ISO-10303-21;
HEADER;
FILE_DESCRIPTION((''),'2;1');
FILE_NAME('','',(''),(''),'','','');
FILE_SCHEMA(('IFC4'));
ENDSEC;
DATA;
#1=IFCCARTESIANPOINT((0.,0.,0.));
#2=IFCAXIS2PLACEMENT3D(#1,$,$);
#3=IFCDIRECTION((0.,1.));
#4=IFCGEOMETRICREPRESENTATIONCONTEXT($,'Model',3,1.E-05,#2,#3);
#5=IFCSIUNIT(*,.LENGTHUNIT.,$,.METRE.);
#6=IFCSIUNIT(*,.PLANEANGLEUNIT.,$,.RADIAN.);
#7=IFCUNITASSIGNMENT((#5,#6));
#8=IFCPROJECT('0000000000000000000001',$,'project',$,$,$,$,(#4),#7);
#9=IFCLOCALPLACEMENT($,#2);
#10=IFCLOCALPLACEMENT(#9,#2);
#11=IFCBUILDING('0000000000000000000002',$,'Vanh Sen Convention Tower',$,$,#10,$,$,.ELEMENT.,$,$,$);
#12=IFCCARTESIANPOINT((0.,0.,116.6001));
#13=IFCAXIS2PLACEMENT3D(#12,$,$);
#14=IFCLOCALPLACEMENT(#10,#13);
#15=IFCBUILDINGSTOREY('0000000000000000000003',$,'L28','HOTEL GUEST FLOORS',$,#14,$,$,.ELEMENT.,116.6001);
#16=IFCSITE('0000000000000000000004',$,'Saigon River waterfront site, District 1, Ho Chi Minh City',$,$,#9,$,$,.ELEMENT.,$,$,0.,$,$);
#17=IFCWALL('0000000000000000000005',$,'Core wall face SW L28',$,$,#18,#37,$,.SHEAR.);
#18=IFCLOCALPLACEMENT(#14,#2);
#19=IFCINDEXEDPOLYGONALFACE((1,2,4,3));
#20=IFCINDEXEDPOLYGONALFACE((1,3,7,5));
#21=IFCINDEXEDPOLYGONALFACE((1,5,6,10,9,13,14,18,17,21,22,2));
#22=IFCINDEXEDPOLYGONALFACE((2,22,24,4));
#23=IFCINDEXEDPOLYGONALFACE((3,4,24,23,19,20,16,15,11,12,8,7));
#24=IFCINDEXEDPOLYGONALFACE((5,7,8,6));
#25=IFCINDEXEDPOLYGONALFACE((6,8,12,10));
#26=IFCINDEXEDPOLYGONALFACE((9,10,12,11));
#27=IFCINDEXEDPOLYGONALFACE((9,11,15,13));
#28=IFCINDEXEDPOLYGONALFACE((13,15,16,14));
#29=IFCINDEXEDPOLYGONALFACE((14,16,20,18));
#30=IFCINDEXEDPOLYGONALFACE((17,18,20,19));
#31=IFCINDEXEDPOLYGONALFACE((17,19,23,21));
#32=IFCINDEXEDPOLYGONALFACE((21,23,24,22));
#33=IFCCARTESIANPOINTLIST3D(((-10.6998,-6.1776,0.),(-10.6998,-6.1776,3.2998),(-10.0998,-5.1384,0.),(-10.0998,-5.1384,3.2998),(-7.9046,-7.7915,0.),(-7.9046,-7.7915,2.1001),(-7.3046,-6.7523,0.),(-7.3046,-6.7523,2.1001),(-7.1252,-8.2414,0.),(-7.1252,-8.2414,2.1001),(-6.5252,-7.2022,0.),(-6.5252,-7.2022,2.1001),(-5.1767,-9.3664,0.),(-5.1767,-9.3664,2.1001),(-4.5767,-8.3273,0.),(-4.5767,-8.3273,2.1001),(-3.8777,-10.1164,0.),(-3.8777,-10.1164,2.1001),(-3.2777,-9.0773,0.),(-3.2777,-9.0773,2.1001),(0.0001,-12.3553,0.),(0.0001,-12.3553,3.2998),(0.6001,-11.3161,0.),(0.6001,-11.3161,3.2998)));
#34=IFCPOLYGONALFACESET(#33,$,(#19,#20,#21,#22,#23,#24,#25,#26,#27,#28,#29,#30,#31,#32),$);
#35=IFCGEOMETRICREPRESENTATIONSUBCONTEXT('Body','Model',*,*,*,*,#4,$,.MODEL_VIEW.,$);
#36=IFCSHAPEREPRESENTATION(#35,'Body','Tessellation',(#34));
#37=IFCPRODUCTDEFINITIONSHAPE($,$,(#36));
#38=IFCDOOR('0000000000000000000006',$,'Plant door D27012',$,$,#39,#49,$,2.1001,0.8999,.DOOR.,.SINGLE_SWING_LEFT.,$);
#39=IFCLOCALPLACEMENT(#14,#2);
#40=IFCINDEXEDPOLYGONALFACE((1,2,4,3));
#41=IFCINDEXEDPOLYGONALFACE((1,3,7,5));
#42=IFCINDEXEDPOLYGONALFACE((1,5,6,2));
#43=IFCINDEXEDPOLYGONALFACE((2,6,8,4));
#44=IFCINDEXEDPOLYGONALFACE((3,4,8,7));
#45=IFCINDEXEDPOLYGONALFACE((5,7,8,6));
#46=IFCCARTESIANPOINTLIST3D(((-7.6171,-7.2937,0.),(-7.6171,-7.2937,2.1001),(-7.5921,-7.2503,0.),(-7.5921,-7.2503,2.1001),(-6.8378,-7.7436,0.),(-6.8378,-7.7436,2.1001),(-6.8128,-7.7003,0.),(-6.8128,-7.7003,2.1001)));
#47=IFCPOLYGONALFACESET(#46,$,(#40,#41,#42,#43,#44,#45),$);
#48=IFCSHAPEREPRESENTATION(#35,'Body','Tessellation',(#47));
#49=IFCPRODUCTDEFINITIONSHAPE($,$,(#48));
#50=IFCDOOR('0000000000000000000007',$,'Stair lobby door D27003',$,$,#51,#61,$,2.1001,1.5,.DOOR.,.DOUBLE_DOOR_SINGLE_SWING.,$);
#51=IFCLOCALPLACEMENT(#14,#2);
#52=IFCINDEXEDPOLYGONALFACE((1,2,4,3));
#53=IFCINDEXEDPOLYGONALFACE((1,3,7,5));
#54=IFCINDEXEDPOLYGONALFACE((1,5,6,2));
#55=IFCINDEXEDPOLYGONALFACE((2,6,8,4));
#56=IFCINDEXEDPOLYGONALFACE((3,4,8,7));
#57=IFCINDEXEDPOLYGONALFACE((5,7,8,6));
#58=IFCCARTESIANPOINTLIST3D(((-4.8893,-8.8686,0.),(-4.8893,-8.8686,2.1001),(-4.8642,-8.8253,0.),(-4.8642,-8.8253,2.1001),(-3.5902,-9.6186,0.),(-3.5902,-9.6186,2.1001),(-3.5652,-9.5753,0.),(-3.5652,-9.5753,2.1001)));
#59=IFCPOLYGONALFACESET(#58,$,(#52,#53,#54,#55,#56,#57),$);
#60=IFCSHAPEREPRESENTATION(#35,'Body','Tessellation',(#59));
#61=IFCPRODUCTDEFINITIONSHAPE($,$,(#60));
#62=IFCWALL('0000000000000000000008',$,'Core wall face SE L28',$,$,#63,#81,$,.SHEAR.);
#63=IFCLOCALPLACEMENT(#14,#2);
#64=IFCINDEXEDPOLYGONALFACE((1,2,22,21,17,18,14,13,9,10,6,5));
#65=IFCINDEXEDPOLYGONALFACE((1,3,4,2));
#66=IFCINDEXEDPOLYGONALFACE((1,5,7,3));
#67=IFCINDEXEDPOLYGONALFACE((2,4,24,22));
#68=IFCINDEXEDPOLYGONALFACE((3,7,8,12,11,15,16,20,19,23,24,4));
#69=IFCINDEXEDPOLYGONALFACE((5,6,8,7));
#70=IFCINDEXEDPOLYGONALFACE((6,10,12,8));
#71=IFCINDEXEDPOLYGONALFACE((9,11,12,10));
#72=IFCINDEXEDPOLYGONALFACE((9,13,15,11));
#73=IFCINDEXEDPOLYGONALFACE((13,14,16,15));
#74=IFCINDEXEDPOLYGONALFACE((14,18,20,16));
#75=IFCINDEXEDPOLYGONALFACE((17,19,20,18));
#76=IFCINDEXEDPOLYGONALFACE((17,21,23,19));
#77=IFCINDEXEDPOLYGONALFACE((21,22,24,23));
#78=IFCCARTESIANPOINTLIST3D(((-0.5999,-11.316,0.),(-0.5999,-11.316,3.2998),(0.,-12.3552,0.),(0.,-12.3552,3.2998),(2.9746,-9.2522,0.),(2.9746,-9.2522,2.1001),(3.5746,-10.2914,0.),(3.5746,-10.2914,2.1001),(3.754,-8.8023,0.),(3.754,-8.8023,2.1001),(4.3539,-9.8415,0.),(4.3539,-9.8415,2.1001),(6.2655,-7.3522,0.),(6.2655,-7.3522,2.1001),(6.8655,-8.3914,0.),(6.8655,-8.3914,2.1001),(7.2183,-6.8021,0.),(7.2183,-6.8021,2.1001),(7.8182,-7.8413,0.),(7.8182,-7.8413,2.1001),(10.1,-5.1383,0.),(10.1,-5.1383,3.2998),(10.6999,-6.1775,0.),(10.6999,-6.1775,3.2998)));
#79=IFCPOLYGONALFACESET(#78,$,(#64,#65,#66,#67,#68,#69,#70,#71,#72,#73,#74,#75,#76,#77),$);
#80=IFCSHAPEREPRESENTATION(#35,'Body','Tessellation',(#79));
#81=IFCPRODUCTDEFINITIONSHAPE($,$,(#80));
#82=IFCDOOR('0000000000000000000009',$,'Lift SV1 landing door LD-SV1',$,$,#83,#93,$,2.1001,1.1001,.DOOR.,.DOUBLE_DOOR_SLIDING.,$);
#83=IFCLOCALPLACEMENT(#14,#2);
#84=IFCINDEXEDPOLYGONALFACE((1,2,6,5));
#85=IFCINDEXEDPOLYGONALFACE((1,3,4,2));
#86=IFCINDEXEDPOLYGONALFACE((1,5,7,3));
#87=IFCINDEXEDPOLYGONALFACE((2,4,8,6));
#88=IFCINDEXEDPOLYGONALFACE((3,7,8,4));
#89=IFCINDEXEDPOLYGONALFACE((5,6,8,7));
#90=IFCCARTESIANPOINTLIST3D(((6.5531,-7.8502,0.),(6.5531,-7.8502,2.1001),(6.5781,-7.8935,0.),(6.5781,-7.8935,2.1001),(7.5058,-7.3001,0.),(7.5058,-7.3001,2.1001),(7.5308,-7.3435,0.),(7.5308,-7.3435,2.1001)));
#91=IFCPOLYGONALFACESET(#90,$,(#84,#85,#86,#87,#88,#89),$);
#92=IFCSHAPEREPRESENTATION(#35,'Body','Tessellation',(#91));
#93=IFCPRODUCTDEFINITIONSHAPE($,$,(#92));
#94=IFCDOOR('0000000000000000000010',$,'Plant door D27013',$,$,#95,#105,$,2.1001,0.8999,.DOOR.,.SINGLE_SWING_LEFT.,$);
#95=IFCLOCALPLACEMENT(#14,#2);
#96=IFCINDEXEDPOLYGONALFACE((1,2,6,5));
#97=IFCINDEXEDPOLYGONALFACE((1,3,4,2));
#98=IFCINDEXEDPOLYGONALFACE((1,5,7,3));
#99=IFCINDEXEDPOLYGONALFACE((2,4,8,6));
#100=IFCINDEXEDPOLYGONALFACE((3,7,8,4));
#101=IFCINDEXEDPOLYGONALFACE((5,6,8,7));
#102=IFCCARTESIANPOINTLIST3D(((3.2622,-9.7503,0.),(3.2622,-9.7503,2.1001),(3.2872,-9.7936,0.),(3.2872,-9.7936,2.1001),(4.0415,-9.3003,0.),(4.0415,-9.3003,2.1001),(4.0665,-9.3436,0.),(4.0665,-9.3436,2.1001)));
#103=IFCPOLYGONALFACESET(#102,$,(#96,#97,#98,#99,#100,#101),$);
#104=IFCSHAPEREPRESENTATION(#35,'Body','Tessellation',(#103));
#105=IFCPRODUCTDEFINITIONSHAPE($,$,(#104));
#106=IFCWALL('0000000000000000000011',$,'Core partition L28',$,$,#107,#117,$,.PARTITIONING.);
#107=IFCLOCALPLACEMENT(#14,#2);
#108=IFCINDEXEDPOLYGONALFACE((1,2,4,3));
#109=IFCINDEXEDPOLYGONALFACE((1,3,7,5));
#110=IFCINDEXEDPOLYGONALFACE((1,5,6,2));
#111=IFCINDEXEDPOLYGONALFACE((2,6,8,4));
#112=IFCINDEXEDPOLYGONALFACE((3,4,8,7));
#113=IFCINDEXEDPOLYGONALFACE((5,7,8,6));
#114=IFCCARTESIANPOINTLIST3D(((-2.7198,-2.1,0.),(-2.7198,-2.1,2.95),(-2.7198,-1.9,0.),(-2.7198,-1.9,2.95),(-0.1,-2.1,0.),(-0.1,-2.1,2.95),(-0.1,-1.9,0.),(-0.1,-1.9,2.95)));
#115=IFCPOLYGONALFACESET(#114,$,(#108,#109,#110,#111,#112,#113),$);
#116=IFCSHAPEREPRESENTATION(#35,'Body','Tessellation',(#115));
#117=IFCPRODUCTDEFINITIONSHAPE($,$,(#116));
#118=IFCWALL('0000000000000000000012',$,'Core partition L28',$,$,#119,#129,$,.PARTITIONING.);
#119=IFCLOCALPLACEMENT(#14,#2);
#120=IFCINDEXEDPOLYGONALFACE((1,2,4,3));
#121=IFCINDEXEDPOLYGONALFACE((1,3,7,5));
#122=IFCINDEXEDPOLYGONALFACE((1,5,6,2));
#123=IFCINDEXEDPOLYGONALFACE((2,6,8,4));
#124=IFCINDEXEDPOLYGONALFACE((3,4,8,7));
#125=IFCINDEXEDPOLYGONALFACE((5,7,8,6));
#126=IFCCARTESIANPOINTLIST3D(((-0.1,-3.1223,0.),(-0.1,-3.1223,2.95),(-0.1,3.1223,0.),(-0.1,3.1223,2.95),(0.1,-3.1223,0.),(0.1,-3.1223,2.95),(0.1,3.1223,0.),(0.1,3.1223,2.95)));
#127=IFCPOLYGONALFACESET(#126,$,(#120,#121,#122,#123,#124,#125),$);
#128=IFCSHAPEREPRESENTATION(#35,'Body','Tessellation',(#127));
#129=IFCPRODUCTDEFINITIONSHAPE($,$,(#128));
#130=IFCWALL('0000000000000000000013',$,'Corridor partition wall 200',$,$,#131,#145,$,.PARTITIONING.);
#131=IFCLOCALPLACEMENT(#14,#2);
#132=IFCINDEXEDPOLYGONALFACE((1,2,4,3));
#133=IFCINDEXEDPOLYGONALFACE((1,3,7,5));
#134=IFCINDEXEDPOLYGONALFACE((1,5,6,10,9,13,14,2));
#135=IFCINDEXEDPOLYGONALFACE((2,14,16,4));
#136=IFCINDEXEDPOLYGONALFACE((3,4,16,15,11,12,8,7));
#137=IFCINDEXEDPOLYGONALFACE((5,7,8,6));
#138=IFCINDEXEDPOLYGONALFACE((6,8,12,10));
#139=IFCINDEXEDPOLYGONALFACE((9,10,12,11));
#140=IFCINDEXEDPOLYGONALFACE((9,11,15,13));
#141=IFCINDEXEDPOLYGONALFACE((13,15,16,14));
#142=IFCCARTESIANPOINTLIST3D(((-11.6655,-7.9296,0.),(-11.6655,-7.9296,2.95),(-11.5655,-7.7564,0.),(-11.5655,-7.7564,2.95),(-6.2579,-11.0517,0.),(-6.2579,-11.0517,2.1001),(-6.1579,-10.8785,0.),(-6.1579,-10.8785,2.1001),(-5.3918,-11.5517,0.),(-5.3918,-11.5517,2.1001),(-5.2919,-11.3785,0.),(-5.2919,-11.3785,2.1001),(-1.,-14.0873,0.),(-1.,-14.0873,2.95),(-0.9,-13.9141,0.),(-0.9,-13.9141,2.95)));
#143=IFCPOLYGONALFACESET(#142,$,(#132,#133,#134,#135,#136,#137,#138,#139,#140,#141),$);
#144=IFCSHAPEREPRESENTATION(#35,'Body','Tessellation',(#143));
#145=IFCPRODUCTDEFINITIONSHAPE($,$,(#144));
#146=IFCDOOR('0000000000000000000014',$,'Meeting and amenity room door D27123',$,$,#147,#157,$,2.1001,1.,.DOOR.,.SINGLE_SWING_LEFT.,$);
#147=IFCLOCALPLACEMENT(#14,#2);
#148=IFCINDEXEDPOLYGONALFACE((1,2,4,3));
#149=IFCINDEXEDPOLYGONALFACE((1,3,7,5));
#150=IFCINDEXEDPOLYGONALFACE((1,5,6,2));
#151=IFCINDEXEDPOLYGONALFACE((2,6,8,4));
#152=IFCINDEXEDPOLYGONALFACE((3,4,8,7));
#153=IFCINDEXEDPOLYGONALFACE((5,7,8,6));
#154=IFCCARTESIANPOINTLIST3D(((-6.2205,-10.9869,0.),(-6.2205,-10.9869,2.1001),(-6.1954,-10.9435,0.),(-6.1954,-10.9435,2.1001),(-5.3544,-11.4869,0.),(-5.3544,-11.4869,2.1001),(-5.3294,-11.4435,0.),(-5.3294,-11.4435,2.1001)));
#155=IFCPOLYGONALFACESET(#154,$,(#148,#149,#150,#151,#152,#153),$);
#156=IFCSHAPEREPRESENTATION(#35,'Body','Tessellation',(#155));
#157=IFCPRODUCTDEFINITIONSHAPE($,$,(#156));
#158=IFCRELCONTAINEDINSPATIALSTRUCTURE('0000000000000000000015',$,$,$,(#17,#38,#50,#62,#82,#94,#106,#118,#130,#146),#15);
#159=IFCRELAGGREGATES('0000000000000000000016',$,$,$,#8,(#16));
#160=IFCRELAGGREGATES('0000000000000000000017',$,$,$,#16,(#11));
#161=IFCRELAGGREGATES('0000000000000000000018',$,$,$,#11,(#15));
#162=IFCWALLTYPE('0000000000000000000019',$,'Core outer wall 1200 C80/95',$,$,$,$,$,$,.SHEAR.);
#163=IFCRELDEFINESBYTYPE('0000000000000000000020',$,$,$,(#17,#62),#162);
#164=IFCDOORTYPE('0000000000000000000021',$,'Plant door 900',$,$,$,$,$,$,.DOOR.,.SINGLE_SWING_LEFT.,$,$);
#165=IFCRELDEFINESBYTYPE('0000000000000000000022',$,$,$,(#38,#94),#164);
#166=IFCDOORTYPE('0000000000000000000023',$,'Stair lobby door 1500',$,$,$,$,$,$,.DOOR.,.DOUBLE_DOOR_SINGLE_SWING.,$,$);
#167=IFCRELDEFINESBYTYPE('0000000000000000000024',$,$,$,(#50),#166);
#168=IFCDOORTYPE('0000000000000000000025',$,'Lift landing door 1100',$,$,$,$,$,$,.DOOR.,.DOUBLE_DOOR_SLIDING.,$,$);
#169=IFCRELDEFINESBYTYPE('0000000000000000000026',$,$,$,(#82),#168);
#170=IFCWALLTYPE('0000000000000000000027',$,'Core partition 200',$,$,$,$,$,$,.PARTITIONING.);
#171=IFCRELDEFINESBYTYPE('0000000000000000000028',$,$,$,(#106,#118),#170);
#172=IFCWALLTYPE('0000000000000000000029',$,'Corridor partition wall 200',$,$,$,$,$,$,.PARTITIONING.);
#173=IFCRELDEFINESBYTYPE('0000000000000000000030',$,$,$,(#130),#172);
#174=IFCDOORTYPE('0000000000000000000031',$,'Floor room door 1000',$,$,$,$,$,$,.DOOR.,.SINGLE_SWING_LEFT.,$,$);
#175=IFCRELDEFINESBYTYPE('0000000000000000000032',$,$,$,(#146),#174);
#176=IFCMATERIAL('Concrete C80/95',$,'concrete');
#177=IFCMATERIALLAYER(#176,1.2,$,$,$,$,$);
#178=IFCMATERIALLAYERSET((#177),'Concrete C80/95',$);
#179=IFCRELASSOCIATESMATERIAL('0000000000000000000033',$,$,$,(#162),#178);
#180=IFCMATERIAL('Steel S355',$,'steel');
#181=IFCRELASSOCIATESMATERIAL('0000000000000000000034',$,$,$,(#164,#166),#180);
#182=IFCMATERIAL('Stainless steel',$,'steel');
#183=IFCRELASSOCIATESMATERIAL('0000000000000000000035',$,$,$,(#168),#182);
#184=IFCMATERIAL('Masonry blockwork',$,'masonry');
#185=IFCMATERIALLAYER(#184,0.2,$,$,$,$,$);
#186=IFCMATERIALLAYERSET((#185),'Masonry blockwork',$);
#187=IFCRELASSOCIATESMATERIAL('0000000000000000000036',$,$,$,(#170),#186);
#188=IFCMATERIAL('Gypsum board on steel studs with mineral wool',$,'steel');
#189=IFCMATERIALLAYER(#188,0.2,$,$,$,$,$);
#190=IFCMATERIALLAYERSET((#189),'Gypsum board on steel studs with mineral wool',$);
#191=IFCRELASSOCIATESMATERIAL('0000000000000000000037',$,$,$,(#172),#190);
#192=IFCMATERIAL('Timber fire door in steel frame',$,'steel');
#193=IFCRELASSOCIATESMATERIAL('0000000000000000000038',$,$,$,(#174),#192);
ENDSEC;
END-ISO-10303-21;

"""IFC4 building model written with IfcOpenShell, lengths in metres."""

from ifc_helpers import new_model, si_unit, direction, frame, frame_2d, origin, place, context, subcontext, project, spatial, rectangle, extrude, material, layer, layer_set, type_object, element, fill, save


model = new_model("IFC4")

# Units and contexts
model_context = context("Model", 3, precision=1e-05, world=origin(), true_north=direction((0.0, 1.0)))
body_context = subcontext(model_context, "Body", "Model", "MODEL_VIEW")
ifc_project = project(units=[si_unit("LENGTHUNIT", "METRE"), si_unit("PLANEANGLEUNIT", "RADIAN")], contexts=[model_context])

# Site, building, storey
site_placement = place(None, origin())
site = spatial("IfcSite", under=ifc_project, at=site_placement, Name="Saigon River waterfront site, District 1, Ho Chi Minh City", CompositionType="ELEMENT", RefElevation=0.0)
building_placement = place(site_placement, origin())
building = spatial("IfcBuilding", under=site, at=building_placement, Name="Vanh Sen Convention Tower", CompositionType="ELEMENT")
storey_placement = place(building_placement, frame((0.0, 0.0, 116.6001)))
storey = spatial("IfcBuildingStorey", under=building, at=storey_placement, Name="L28", Description="HOTEL GUEST FLOORS", CompositionType="ELEMENT", Elevation=116.6001)

# Walls, openings, doors
ifc_material_1 = material(Name="Concrete C80/95", Category="concrete")
ifc_layer_1 = layer(ifc_material_1, 1.2)
ifc_layer_set_1 = layer_set([ifc_layer_1], Name="Concrete C80/95")
wall_type_1 = type_object("IfcWallType", Name="Core outer wall 1200 C80/95", PredefinedType="SHEAR", material=ifc_layer_set_1)
wall_1_placement = place(storey_placement, frame((-10.3999, -5.658, 0.0), z_axis=(0.0, 0.0, 1.0), x_axis=(0.866021, -0.500007, 0.0)))
wall_1 = element("IfcWall", 1, at=wall_1_placement, inside=storey, type_object=wall_type_1, Name="Core wall face SW L28", PredefinedType="SHEAR", context=body_context, shape_type="SweptSolid", body=[
    extrude(rectangle(XDim=12.3552, YDim=1.2, at=frame_2d((6.1777, 0.0))), origin(), (0.0, 0.0, 1.0), 3.2998),
])
opening_1_placement = place(wall_1_placement, frame((6.3777, 0.0, 0.0)))
opening_1 = element("IfcOpeningElement", 2, at=opening_1_placement, cuts=wall_1, PredefinedType="OPENING", context=body_context, shape_type="SweptSolid", body=[
    extrude(rectangle(XDim=1.5, YDim=2.1001, at=frame_2d((0.75, 1.05))), frame((0.0, 0.6099, 0.0), z_axis=(0.0, -1.0, 0.0), x_axis=(1.0, 0.0, 0.0)), (0.0, 0.0, 1.0), 1.22),
])
opening_2_placement = place(wall_1_placement, frame((3.2278, 0.0, 0.0)))
opening_2 = element("IfcOpeningElement", 3, at=opening_2_placement, cuts=wall_1, PredefinedType="OPENING", context=body_context, shape_type="SweptSolid", body=[
    extrude(rectangle(XDim=0.8999, YDim=2.1001, at=frame_2d((0.45, 1.05))), frame((0.0, 0.6099, 0.0), z_axis=(0.0, -1.0, 0.0), x_axis=(1.0, 0.0, 0.0)), (0.0, 0.0, 1.0), 1.22),
])
ifc_material_2 = material(Name="Steel S355", Category="steel")
door_type_1 = type_object("IfcDoorType", Name="Plant door 900", OperationType="SINGLE_SWING_LEFT", PredefinedType="DOOR", material=ifc_material_2)
door_1_placement = place(opening_2_placement, origin())
door_1 = element("IfcDoor", 4, at=door_1_placement, inside=storey, type_object=door_type_1, Name="Plant door D27012", OperationType="SINGLE_SWING_LEFT", OverallHeight=2.1001, OverallWidth=0.8999, PredefinedType="DOOR", context=body_context, shape_type="SweptSolid", body=[
    extrude(rectangle(XDim=0.8999, YDim=2.1001, at=frame_2d((0.45, 1.05))), frame((0.0, 0.0249, 0.0), z_axis=(0.0, -1.0, 0.0), x_axis=(1.0, 0.0, 0.0)), (0.0, 0.0, 1.0), 0.05),
])
fill(opening_2, door_1)
door_type_2 = type_object("IfcDoorType", Name="Stair lobby door 1500", OperationType="DOUBLE_DOOR_SINGLE_SWING", PredefinedType="DOOR", material=ifc_material_2)
door_2_placement = place(opening_1_placement, origin())
door_2 = element("IfcDoor", 5, at=door_2_placement, inside=storey, type_object=door_type_2, Name="Stair lobby door D27003", OperationType="DOUBLE_DOOR_SINGLE_SWING", OverallHeight=2.1001, OverallWidth=1.5, PredefinedType="DOOR", context=body_context, shape_type="SweptSolid", body=[
    extrude(rectangle(XDim=1.5, YDim=2.1001, at=frame_2d((0.75, 1.05))), frame((0.0, 0.0249, 0.0), z_axis=(0.0, -1.0, 0.0), x_axis=(1.0, 0.0, 0.0)), (0.0, 0.0, 1.0), 0.05),
])
fill(opening_1, door_2)
wall_2_placement = place(storey_placement, frame((-0.3, -11.8357, 0.0), z_axis=(0.0, 0.0, 1.0), x_axis=(0.866021, 0.500007, 0.0)))
wall_2 = element("IfcWall", 6, at=wall_2_placement, inside=storey, type_object=wall_type_1, Name="Core wall face SE L28", PredefinedType="SHEAR", context=body_context, shape_type="SweptSolid", body=[
    extrude(rectangle(XDim=12.3552, YDim=1.2, at=frame_2d((6.1777, 0.0))), origin(), (0.0, 0.0, 1.0), 3.2998),
])
opening_3_placement = place(wall_2_placement, frame((4.1277, 0.0, 0.0)))
opening_3 = element("IfcOpeningElement", 7, at=opening_3_placement, cuts=wall_2, PredefinedType="OPENING", context=body_context, shape_type="SweptSolid", body=[
    extrude(rectangle(XDim=0.8999, YDim=2.1001, at=frame_2d((0.45, 1.05))), frame((0.0, 0.6099, 0.0), z_axis=(0.0, -1.0, 0.0), x_axis=(1.0, 0.0, 0.0)), (0.0, 0.0, 1.0), 1.22),
])
opening_4_placement = place(wall_2_placement, frame((7.9277, 0.0, 0.0)))
opening_4 = element("IfcOpeningElement", 8, at=opening_4_placement, cuts=wall_2, PredefinedType="OPENING", context=body_context, shape_type="SweptSolid", body=[
    extrude(rectangle(XDim=1.1001, YDim=2.1001, at=frame_2d((0.55, 1.05))), frame((0.0, 0.6099, 0.0), z_axis=(0.0, -1.0, 0.0), x_axis=(1.0, 0.0, 0.0)), (0.0, 0.0, 1.0), 1.22),
])
ifc_material_3 = material(Name="Stainless steel", Category="steel")
door_type_3 = type_object("IfcDoorType", Name="Lift landing door 1100", OperationType="DOUBLE_DOOR_SLIDING", PredefinedType="DOOR", material=ifc_material_3)
door_3_placement = place(opening_4_placement, origin())
door_3 = element("IfcDoor", 9, at=door_3_placement, inside=storey, type_object=door_type_3, Name="Lift SV1 landing door LD-SV1", OperationType="DOUBLE_DOOR_SLIDING", OverallHeight=2.1001, OverallWidth=1.1001, PredefinedType="DOOR", context=body_context, shape_type="SweptSolid", body=[
    extrude(rectangle(XDim=1.1001, YDim=2.1001, at=frame_2d((0.55, 1.05))), frame((0.0, 0.0249, 0.0), z_axis=(0.0, -1.0, 0.0), x_axis=(1.0, 0.0, 0.0)), (0.0, 0.0, 1.0), 0.05),
])
fill(opening_4, door_3)
door_4_placement = place(opening_3_placement, origin())
door_4 = element("IfcDoor", 10, at=door_4_placement, inside=storey, type_object=door_type_1, Name="Plant door D27013", OperationType="SINGLE_SWING_LEFT", OverallHeight=2.1001, OverallWidth=0.8999, PredefinedType="DOOR", context=body_context, shape_type="SweptSolid", body=[
    extrude(rectangle(XDim=0.8999, YDim=2.1001, at=frame_2d((0.45, 1.05))), frame((0.0, 0.0249, 0.0), z_axis=(0.0, -1.0, 0.0), x_axis=(1.0, 0.0, 0.0)), (0.0, 0.0, 1.0), 0.05),
])
fill(opening_3, door_4)

# Walls
ifc_material_4 = material(Name="Masonry blockwork", Category="masonry")
ifc_layer_2 = layer(ifc_material_4, 0.2)
ifc_layer_set_2 = layer_set([ifc_layer_2], Name="Masonry blockwork")
wall_type_2 = type_object("IfcWallType", Name="Core partition 200", PredefinedType="PARTITIONING", material=ifc_layer_set_2)
wall_3_placement = place(storey_placement, frame((-2.72, -2.0, 0.0), z_axis=(0.0, 0.0, 1.0), x_axis=(1.0, 0.0, 0.0)))
element("IfcWall", 11, at=wall_3_placement, inside=storey, type_object=wall_type_2, Name="Core partition L28", PredefinedType="PARTITIONING", context=body_context, shape_type="SweptSolid", body=[
    extrude(rectangle(XDim=2.6199, YDim=0.2, at=frame_2d((1.3101, 0.0))), origin(), (0.0, 0.0, 1.0), 2.95),
])
wall_4_placement = place(storey_placement, frame((0.0, -3.1223, 0.0), z_axis=(0.0, 0.0, 1.0), x_axis=(0.0, 1.0, 0.0)))
element("IfcWall", 12, at=wall_4_placement, inside=storey, type_object=wall_type_2, Name="Core partition L28", PredefinedType="PARTITIONING", context=body_context, shape_type="SweptSolid", body=[
    extrude(rectangle(XDim=6.2446, YDim=0.2, at=frame_2d((3.1223, 0.0))), origin(), (0.0, 0.0, 1.0), 2.95),
])

# Wall, opening, door
ifc_material_5 = material(Name="Gypsum board on steel studs with mineral wool", Category="steel")
ifc_layer_3 = layer(ifc_material_5, 0.2)
ifc_layer_set_3 = layer_set([ifc_layer_3], Name="Gypsum board on steel studs with mineral wool")
wall_type_3 = type_object("IfcWallType", Name="Corridor partition wall 200", PredefinedType="PARTITIONING", material=ifc_layer_set_3)
wall_5_placement = place(storey_placement, frame((-11.6155, -7.843, 0.0), z_axis=(0.0, 0.0, 1.0), x_axis=(0.866026, -0.499998, 0.0)))
wall_5 = element("IfcWall", 13, at=wall_5_placement, inside=storey, type_object=wall_type_3, Name="Corridor partition wall 200", PredefinedType="PARTITIONING", context=body_context, shape_type="SweptSolid", body=[
    extrude(rectangle(XDim=12.3154, YDim=0.2, at=frame_2d((6.1577, 0.0))), origin(), (0.0, 0.0, 1.0), 2.95),
])
opening_5_placement = place(wall_5_placement, frame((6.2441, 0.0, 0.0)))
opening_5 = element("IfcOpeningElement", 14, at=opening_5_placement, cuts=wall_5, PredefinedType="OPENING", context=body_context, shape_type="SweptSolid", body=[
    extrude(rectangle(XDim=1.0, YDim=2.1001, at=frame_2d((0.5, 1.05))), frame((0.0, 0.1099, 0.0), z_axis=(0.0, -1.0, 0.0), x_axis=(1.0, 0.0, 0.0)), (0.0, 0.0, 1.0), 0.22),
])
ifc_material_6 = material(Name="Timber fire door in steel frame", Category="steel")
door_type_4 = type_object("IfcDoorType", Name="Floor room door 1000", OperationType="SINGLE_SWING_LEFT", PredefinedType="DOOR", material=ifc_material_6)
door_5_placement = place(opening_5_placement, origin())
door_5 = element("IfcDoor", 15, at=door_5_placement, inside=storey, type_object=door_type_4, Name="Meeting and amenity room door D27123", OperationType="SINGLE_SWING_LEFT", OverallHeight=2.1001, OverallWidth=1.0, PredefinedType="DOOR", context=body_context, shape_type="SweptSolid", body=[
    extrude(rectangle(XDim=1.0, YDim=2.1001, at=frame_2d((0.5, 1.05))), frame((0.0, 0.0249, 0.0), z_axis=(0.0, -1.0, 0.0), x_axis=(1.0, 0.0, 0.0)), (0.0, 0.0, 1.0), 0.05),
])
fill(opening_5, door_5)

save(model, "model.ifc")
